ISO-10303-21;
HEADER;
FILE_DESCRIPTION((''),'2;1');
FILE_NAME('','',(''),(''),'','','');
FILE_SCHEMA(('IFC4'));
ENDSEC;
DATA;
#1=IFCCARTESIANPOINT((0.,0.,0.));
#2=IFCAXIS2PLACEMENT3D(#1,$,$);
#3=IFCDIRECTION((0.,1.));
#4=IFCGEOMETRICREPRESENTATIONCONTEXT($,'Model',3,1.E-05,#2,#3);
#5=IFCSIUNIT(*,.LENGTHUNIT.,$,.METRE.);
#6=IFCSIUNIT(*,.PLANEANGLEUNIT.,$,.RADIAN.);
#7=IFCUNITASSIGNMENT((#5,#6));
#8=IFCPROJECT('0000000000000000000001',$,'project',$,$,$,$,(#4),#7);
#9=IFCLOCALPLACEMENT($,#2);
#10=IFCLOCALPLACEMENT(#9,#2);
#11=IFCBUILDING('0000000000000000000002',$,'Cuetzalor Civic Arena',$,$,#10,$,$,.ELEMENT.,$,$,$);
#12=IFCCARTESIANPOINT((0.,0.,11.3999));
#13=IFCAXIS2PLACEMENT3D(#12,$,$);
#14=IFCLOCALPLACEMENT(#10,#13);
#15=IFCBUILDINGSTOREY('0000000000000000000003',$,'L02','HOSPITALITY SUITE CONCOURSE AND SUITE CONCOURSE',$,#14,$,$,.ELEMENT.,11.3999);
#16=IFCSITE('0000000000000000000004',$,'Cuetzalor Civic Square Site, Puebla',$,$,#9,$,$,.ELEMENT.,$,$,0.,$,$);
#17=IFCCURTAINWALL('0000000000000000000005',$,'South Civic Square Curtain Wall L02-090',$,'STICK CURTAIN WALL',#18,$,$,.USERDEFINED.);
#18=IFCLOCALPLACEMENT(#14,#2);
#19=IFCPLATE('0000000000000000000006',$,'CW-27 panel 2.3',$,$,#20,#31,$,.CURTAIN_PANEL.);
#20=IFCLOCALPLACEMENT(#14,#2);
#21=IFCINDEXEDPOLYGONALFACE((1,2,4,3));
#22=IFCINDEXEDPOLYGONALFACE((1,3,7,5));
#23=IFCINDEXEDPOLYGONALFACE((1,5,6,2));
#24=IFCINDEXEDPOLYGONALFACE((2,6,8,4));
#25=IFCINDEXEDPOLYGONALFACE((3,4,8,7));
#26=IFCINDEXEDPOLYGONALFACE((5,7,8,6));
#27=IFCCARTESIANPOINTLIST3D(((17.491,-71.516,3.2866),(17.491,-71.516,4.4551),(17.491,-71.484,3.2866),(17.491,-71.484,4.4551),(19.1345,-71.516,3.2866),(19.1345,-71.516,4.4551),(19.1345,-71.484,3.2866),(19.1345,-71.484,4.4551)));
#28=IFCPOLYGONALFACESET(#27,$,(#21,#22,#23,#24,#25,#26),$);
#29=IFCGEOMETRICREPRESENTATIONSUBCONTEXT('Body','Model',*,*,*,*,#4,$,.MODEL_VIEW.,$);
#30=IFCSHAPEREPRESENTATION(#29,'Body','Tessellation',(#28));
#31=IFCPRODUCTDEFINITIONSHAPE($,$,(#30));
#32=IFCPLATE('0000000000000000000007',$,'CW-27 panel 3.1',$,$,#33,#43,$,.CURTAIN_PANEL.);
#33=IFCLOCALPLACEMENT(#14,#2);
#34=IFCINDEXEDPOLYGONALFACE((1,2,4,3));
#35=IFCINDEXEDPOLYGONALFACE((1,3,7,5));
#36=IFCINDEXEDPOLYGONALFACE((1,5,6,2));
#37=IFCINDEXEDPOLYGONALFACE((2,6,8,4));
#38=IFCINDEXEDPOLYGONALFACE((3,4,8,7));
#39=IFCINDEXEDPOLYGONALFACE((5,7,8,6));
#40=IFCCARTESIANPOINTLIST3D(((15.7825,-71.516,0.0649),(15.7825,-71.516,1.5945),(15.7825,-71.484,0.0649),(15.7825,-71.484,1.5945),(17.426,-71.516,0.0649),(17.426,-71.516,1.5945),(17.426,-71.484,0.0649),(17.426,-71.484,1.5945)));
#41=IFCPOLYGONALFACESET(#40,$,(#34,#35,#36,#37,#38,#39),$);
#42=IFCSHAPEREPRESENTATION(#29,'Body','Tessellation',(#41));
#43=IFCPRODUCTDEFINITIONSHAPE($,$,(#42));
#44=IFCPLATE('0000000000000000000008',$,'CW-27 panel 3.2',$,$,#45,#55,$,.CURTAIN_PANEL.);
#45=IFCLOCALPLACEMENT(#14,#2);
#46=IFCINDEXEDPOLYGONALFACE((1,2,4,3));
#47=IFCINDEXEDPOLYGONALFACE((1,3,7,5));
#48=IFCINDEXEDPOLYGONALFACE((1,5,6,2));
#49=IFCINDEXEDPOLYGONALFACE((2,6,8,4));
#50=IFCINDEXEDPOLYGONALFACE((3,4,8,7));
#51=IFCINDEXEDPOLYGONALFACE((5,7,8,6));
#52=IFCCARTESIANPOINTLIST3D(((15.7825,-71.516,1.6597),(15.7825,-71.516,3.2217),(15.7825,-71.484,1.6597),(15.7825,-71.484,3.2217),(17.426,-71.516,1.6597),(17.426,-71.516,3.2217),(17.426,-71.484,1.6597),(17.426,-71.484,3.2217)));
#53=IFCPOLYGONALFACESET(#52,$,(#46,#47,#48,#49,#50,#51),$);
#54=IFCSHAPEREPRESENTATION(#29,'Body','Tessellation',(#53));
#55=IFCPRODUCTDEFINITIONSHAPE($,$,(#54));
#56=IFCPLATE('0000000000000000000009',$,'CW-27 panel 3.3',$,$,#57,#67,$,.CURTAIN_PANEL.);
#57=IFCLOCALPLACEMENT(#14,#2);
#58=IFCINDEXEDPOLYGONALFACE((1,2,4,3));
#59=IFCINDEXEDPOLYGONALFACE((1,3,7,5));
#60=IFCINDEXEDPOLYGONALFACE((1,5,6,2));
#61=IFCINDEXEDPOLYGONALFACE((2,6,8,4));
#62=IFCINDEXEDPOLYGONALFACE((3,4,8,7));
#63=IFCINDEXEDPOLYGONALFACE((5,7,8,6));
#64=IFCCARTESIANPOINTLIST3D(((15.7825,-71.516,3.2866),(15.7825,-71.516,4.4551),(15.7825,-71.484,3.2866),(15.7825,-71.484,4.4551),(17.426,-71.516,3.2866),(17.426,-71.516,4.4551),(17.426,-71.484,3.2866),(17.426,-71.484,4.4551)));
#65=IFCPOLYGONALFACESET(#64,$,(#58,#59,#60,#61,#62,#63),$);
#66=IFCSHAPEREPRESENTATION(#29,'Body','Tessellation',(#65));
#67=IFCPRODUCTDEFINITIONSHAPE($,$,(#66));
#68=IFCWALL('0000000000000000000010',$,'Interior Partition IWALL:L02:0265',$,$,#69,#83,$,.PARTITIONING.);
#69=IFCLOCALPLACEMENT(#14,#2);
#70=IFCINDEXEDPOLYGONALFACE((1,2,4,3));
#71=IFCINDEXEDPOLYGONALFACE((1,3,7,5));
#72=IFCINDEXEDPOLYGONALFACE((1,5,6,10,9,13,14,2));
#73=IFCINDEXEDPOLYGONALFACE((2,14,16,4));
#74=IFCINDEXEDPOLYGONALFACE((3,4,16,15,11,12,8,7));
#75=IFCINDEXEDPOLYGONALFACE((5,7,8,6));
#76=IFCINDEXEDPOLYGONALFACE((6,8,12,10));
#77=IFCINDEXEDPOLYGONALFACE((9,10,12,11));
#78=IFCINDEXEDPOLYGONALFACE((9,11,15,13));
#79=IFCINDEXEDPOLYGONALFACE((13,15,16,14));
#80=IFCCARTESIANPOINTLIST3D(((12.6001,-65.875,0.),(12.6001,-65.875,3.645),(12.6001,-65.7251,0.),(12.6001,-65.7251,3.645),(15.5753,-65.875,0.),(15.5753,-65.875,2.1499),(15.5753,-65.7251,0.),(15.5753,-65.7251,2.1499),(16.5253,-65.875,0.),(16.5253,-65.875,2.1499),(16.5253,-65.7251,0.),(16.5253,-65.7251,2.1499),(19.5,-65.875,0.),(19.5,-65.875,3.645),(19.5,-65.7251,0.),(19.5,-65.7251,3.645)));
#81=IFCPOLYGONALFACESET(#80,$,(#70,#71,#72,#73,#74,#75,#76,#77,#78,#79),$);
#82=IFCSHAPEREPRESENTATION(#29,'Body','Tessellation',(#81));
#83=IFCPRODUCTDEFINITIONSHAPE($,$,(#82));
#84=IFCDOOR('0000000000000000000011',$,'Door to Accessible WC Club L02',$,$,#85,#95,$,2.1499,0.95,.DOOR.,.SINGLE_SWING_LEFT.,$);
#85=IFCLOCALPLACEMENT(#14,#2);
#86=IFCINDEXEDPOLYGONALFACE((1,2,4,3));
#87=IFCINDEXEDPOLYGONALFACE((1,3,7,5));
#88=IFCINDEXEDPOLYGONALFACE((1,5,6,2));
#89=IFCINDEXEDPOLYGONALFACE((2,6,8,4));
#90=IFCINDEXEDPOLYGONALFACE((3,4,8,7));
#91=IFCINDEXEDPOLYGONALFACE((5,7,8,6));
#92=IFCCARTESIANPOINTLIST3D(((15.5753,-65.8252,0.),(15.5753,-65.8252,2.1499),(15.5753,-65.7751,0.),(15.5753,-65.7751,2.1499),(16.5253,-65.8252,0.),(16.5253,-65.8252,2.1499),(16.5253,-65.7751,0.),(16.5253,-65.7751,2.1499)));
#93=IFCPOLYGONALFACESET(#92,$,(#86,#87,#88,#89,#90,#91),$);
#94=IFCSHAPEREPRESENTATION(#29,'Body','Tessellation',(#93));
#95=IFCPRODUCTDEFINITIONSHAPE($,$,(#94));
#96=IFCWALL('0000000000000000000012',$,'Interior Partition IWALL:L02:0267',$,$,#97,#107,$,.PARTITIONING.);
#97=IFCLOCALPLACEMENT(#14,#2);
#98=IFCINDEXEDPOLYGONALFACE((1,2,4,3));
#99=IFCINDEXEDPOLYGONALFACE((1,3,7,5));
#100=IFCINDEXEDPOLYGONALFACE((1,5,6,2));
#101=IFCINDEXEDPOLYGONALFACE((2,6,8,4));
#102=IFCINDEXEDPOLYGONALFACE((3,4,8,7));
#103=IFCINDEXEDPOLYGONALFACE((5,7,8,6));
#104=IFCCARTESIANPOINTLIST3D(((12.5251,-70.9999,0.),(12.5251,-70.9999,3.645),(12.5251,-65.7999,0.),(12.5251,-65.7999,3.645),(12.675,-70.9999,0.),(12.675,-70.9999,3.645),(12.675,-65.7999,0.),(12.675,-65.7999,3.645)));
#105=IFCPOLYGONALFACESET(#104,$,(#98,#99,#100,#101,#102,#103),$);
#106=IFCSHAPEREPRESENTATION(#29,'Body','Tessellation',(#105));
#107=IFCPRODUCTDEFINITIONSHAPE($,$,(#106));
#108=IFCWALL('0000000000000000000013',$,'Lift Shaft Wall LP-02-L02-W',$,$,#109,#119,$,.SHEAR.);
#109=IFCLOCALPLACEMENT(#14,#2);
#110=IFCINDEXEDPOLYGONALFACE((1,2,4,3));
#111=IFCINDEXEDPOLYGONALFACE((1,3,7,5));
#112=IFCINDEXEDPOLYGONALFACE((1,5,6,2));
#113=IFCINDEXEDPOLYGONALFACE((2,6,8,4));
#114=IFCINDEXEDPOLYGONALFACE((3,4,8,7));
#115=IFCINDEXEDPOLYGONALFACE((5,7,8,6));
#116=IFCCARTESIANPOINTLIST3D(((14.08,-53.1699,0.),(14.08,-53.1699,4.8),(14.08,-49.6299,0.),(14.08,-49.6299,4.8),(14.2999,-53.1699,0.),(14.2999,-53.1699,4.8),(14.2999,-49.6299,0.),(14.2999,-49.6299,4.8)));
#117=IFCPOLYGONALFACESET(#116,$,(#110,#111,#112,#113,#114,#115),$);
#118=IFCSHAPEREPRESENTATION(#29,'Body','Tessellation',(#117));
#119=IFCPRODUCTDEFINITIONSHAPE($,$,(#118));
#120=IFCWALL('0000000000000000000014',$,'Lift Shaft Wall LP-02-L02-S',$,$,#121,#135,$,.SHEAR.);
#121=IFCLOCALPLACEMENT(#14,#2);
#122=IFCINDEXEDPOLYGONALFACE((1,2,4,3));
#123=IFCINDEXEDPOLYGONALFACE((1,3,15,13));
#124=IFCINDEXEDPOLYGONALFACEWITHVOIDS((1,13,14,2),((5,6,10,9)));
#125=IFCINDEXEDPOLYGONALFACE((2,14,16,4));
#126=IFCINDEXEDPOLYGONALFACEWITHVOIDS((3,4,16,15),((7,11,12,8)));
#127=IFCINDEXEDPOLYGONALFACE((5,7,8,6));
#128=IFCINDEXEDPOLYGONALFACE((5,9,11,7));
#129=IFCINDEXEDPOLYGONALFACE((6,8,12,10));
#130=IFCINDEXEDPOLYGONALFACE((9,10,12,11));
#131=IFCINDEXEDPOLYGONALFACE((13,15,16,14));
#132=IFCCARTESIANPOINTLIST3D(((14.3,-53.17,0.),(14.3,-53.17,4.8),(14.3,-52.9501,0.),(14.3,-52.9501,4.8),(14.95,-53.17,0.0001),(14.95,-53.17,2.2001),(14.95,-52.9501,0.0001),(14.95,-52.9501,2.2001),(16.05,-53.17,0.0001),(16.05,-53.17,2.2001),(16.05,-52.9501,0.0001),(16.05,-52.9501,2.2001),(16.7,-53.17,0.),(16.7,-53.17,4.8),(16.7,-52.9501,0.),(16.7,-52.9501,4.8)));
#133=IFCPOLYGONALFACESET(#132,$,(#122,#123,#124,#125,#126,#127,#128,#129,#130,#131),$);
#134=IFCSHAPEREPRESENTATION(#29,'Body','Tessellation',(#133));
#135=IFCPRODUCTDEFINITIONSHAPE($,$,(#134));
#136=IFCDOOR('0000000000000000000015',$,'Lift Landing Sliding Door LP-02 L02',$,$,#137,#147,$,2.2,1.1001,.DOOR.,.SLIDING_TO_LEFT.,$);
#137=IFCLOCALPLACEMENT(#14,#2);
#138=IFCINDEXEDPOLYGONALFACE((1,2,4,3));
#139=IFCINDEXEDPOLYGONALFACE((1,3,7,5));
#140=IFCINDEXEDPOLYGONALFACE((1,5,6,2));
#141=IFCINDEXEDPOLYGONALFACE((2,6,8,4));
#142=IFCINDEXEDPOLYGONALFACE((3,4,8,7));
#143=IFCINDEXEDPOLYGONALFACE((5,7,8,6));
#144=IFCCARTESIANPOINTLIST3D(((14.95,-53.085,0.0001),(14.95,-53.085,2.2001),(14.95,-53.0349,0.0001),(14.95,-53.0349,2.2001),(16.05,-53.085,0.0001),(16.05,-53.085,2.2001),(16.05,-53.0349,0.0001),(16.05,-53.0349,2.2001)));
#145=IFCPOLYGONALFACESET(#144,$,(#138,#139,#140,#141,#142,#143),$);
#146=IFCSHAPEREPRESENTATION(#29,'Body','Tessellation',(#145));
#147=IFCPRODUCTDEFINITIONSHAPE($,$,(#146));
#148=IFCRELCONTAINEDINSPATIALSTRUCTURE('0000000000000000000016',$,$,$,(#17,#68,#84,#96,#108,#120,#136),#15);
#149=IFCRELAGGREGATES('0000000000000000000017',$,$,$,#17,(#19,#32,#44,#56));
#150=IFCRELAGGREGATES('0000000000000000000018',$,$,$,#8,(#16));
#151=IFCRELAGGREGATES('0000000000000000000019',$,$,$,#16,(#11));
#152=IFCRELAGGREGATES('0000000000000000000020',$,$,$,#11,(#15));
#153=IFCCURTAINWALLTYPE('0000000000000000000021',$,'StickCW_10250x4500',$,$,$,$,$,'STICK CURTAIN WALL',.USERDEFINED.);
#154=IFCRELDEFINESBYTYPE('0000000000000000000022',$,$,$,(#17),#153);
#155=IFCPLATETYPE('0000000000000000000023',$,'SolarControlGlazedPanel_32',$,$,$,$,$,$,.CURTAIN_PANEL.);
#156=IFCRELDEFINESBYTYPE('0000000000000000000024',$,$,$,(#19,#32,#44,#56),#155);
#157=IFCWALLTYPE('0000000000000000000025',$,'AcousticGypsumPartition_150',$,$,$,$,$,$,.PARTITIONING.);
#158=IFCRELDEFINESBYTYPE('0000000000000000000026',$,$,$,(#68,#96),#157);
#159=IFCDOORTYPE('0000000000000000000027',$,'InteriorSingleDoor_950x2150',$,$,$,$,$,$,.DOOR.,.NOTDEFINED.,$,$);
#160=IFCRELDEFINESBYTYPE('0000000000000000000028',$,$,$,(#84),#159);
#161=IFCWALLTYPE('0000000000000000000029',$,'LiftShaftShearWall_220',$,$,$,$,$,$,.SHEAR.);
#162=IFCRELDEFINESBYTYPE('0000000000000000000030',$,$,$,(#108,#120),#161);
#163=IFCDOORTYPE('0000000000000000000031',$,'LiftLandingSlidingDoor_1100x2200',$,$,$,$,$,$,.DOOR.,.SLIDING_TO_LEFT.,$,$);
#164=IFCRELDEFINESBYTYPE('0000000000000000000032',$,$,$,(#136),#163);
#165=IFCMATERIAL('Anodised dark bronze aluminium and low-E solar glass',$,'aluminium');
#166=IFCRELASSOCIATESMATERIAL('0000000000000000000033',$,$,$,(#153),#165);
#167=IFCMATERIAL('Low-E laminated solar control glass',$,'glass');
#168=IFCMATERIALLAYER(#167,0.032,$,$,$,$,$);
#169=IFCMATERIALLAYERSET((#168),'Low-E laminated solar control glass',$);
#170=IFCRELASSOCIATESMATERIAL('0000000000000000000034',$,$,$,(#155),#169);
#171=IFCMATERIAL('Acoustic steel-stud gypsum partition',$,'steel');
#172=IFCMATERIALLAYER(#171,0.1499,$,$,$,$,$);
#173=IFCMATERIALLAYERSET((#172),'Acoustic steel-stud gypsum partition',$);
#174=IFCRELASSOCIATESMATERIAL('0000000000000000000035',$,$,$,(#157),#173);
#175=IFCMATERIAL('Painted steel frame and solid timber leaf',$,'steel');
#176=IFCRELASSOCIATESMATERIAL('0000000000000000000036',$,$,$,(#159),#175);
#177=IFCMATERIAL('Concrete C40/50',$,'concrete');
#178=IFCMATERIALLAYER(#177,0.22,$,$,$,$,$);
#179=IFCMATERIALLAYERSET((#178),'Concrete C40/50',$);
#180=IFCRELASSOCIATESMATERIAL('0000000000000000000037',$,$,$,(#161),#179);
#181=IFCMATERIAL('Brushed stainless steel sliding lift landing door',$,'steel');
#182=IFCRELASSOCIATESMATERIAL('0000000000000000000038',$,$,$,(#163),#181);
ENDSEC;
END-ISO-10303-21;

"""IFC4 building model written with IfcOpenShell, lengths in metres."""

from ifc_helpers import new_model, si_unit, direction, frame, frame_2d, origin, origin_2d, place, context, subcontext, project, spatial, rectangle, extrude, material, layer, layer_set, type_object, element, fill, aggregate, save


model = new_model("IFC4")

# Units and contexts
model_context = context("Model", 3, precision=1e-05, world=origin(), true_north=direction((0.0, 1.0)))
body_context = subcontext(model_context, "Body", "Model", "MODEL_VIEW")
ifc_project = project(units=[si_unit("LENGTHUNIT", "METRE"), si_unit("PLANEANGLEUNIT", "RADIAN")], contexts=[model_context])

# Site, building, storey
site_placement = place(None, origin())
site = spatial("IfcSite", under=ifc_project, at=site_placement, Name="Cuetzalor Civic Square Site, Puebla", CompositionType="ELEMENT", RefElevation=0.0)
building_placement = place(site_placement, origin())
building = spatial("IfcBuilding", under=site, at=building_placement, Name="Cuetzalor Civic Arena", CompositionType="ELEMENT")
storey_placement = place(building_placement, frame((0.0, 0.0, 11.3999)))
storey = spatial("IfcBuildingStorey", under=building, at=storey_placement, Name="L02", Description="HOSPITALITY SUITE CONCOURSE AND SUITE CONCOURSE", CompositionType="ELEMENT", Elevation=11.3999)

# Curtain wall, plates
ifc_material_1 = material(Name="Anodised dark bronze aluminium and low-E solar glass", Category="aluminium")
curtain_wall_type = type_object("IfcCurtainWallType", Name="StickCW_10250x4500", ElementType="STICK CURTAIN WALL", PredefinedType="USERDEFINED", material=ifc_material_1)
curtain_wall_placement = place(storey_placement, origin())
curtain_wall = element("IfcCurtainWall", 1, at=curtain_wall_placement, inside=storey, type_object=curtain_wall_type, Name="South Civic Square Curtain Wall L02-090", ObjectType="STICK CURTAIN WALL", PredefinedType="USERDEFINED")
ifc_material_2 = material(Name="Low-E laminated solar control glass", Category="glass")
ifc_layer_1 = layer(ifc_material_2, 0.032)
ifc_layer_set_1 = layer_set([ifc_layer_1], Name="Low-E laminated solar control glass")
plate_type = type_object("IfcPlateType", Name="SolarControlGlazedPanel_32", PredefinedType="CURTAIN_PANEL", material=ifc_layer_set_1)
plate_1_placement = place(storey_placement, frame((18.3127, -71.5, 3.2866), z_axis=(0.0, 0.0, 1.0), x_axis=(-1.0, 0.0, 0.0)))
plate_1 = element("IfcPlate", 2, at=plate_1_placement, type_object=plate_type, Name="CW-27 panel 2.3", PredefinedType="CURTAIN_PANEL", context=body_context, shape_type="SweptSolid", body=[
    extrude(rectangle(XDim=1.6436, YDim=0.032, at=origin_2d()), origin(), (0.0, 0.0, 1.0), 1.1685),
])
plate_2_placement = place(storey_placement, frame((16.6042, -71.5, 0.0649), z_axis=(0.0, 0.0, 1.0), x_axis=(-1.0, 0.0, 0.0)))
plate_2 = element("IfcPlate", 3, at=plate_2_placement, type_object=plate_type, Name="CW-27 panel 3.1", PredefinedType="CURTAIN_PANEL", context=body_context, shape_type="SweptSolid", body=[
    extrude(rectangle(XDim=1.6436, YDim=0.032, at=origin_2d()), origin(), (0.0, 0.0, 1.0), 1.5295),
])
plate_3_placement = place(storey_placement, frame((16.6042, -71.5, 1.6597), z_axis=(0.0, 0.0, 1.0), x_axis=(-1.0, 0.0, 0.0)))
plate_3 = element("IfcPlate", 4, at=plate_3_placement, type_object=plate_type, Name="CW-27 panel 3.2", PredefinedType="CURTAIN_PANEL", context=body_context, shape_type="SweptSolid", body=[
    extrude(rectangle(XDim=1.6436, YDim=0.032, at=origin_2d()), origin(), (0.0, 0.0, 1.0), 1.562),
])
plate_4_placement = place(storey_placement, frame((16.6042, -71.5, 3.2866), z_axis=(0.0, 0.0, 1.0), x_axis=(-1.0, 0.0, 0.0)))
plate_4 = element("IfcPlate", 5, at=plate_4_placement, type_object=plate_type, Name="CW-27 panel 3.3", PredefinedType="CURTAIN_PANEL", context=body_context, shape_type="SweptSolid", body=[
    extrude(rectangle(XDim=1.6436, YDim=0.032, at=origin_2d()), origin(), (0.0, 0.0, 1.0), 1.1685),
])
aggregate(curtain_wall, [plate_1, plate_2, plate_3, plate_4])

# Wall, opening, door
ifc_material_3 = material(Name="Acoustic steel-stud gypsum partition", Category="steel")
ifc_layer_2 = layer(ifc_material_3, 0.1499)
ifc_layer_set_2 = layer_set([ifc_layer_2], Name="Acoustic steel-stud gypsum partition")
wall_type_1 = type_object("IfcWallType", Name="AcousticGypsumPartition_150", PredefinedType="PARTITIONING", material=ifc_layer_set_2)
wall_1_placement = place(storey_placement, frame((12.6001, -65.8, 0.0), z_axis=(0.0, 0.0, 1.0), x_axis=(1.0, 0.0, 0.0)))
wall_1 = element("IfcWall", 6, at=wall_1_placement, inside=storey, type_object=wall_type_1, Name="Interior Partition IWALL:L02:0265", PredefinedType="PARTITIONING", context=body_context, shape_type="SweptSolid", body=[
    extrude(rectangle(XDim=6.8999, YDim=0.1499, at=frame_2d((3.45, 0.0))), origin(), (0.0, 0.0, 1.0), 3.645),
])
opening_1_placement = place(wall_1_placement, frame((2.9751, 0.0, 0.0)))
opening_1 = element("IfcOpeningElement", 7, at=opening_1_placement, cuts=wall_1, PredefinedType="OPENING", context=body_context, shape_type="SweptSolid", body=[
    extrude(rectangle(XDim=0.95, YDim=2.1499, at=frame_2d((0.4751, 1.075))), frame((0.0, 0.085, 0.0), z_axis=(0.0, -1.0, 0.0), x_axis=(1.0, 0.0, 0.0)), (0.0, 0.0, 1.0), 0.1699),
])
ifc_material_4 = material(Name="Painted steel frame and solid timber leaf", Category="steel")
door_type_1 = type_object("IfcDoorType", Name="InteriorSingleDoor_950x2150", OperationType="NOTDEFINED", PredefinedType="DOOR", material=ifc_material_4)
door_1_placement = place(opening_1_placement, origin())
door_1 = element("IfcDoor", 8, at=door_1_placement, inside=storey, type_object=door_type_1, Name="Door to Accessible WC Club L02", OperationType="SINGLE_SWING_LEFT", OverallHeight=2.1499, OverallWidth=0.95, PredefinedType="DOOR", context=body_context, shape_type="SweptSolid", body=[
    extrude(rectangle(XDim=0.95, YDim=2.1499, at=frame_2d((0.4751, 1.075))), frame((0.0, 0.0249, 0.0), z_axis=(0.0, -1.0, 0.0), x_axis=(1.0, 0.0, 0.0)), (0.0, 0.0, 1.0), 0.05),
])
fill(opening_1, door_1)

# Walls
wall_2_placement = place(storey_placement, frame((12.6001, -71.0, 0.0), z_axis=(0.0, 0.0, 1.0), x_axis=(0.0, 1.0, 0.0)))
element("IfcWall", 9, at=wall_2_placement, inside=storey, type_object=wall_type_1, Name="Interior Partition IWALL:L02:0267", PredefinedType="PARTITIONING", context=body_context, shape_type="SweptSolid", body=[
    extrude(rectangle(XDim=5.2, YDim=0.1499, at=frame_2d((2.6001, 0.0))), origin(), (0.0, 0.0, 1.0), 3.645),
])
ifc_material_5 = material(Name="Concrete C40/50", Category="concrete")
ifc_layer_3 = layer(ifc_material_5, 0.22)
ifc_layer_set_3 = layer_set([ifc_layer_3], Name="Concrete C40/50")
wall_type_2 = type_object("IfcWallType", Name="LiftShaftShearWall_220", PredefinedType="SHEAR", material=ifc_layer_set_3)
wall_3_placement = place(storey_placement, frame((14.1899, -53.1699, 0.0), z_axis=(0.0, 0.0, 1.0), x_axis=(0.0, 1.0, 0.0)))
element("IfcWall", 10, at=wall_3_placement, inside=storey, type_object=wall_type_2, Name="Lift Shaft Wall LP-02-L02-W", PredefinedType="SHEAR", context=body_context, shape_type="SweptSolid", body=[
    extrude(rectangle(XDim=3.54, YDim=0.22, at=frame_2d((1.77, 0.0))), origin(), (0.0, 0.0, 1.0), 4.8),
])

# Wall, opening, door
wall_4_placement = place(storey_placement, frame((16.7, -53.0601, 0.0), z_axis=(0.0, 0.0, 1.0), x_axis=(-1.0, 0.0, 0.0)))
wall_4 = element("IfcWall", 11, at=wall_4_placement, inside=storey, type_object=wall_type_2, Name="Lift Shaft Wall LP-02-L02-S", PredefinedType="SHEAR", context=body_context, shape_type="SweptSolid", body=[
    extrude(rectangle(XDim=2.3999, YDim=0.22, at=frame_2d((1.2, 0.0))), origin(), (0.0, 0.0, 1.0), 4.8),
])
opening_2_placement = place(wall_4_placement, frame((0.6499, 0.0, 0.0)))
opening_2 = element("IfcOpeningElement", 12, at=opening_2_placement, cuts=wall_4, PredefinedType="OPENING", context=body_context, shape_type="SweptSolid", body=[
    extrude(rectangle(XDim=1.1001, YDim=2.2, at=frame_2d((0.55, 1.1001))), frame((0.0, 0.1201, 0.0), z_axis=(0.0, -1.0, 0.0), x_axis=(1.0, 0.0, 0.0)), (0.0, 0.0, 1.0), 0.24),
])
ifc_material_6 = material(Name="Brushed stainless steel sliding lift landing door", Category="steel")
door_type_2 = type_object("IfcDoorType", Name="LiftLandingSlidingDoor_1100x2200", OperationType="SLIDING_TO_LEFT", PredefinedType="DOOR", material=ifc_material_6)
door_2_placement = place(opening_2_placement, origin())
door_2 = element("IfcDoor", 13, at=door_2_placement, inside=storey, type_object=door_type_2, Name="Lift Landing Sliding Door LP-02 L02", OperationType="SLIDING_TO_LEFT", OverallHeight=2.2, OverallWidth=1.1001, PredefinedType="DOOR", context=body_context, shape_type="SweptSolid", body=[
    extrude(rectangle(XDim=1.1001, YDim=2.2, at=frame_2d((0.55, 1.1001))), frame((0.0, 0.0249, 0.0), z_axis=(0.0, -1.0, 0.0), x_axis=(1.0, 0.0, 0.0)), (0.0, 0.0, 1.0), 0.05),
])
fill(opening_2, door_2)

save(model, "model.ifc")
